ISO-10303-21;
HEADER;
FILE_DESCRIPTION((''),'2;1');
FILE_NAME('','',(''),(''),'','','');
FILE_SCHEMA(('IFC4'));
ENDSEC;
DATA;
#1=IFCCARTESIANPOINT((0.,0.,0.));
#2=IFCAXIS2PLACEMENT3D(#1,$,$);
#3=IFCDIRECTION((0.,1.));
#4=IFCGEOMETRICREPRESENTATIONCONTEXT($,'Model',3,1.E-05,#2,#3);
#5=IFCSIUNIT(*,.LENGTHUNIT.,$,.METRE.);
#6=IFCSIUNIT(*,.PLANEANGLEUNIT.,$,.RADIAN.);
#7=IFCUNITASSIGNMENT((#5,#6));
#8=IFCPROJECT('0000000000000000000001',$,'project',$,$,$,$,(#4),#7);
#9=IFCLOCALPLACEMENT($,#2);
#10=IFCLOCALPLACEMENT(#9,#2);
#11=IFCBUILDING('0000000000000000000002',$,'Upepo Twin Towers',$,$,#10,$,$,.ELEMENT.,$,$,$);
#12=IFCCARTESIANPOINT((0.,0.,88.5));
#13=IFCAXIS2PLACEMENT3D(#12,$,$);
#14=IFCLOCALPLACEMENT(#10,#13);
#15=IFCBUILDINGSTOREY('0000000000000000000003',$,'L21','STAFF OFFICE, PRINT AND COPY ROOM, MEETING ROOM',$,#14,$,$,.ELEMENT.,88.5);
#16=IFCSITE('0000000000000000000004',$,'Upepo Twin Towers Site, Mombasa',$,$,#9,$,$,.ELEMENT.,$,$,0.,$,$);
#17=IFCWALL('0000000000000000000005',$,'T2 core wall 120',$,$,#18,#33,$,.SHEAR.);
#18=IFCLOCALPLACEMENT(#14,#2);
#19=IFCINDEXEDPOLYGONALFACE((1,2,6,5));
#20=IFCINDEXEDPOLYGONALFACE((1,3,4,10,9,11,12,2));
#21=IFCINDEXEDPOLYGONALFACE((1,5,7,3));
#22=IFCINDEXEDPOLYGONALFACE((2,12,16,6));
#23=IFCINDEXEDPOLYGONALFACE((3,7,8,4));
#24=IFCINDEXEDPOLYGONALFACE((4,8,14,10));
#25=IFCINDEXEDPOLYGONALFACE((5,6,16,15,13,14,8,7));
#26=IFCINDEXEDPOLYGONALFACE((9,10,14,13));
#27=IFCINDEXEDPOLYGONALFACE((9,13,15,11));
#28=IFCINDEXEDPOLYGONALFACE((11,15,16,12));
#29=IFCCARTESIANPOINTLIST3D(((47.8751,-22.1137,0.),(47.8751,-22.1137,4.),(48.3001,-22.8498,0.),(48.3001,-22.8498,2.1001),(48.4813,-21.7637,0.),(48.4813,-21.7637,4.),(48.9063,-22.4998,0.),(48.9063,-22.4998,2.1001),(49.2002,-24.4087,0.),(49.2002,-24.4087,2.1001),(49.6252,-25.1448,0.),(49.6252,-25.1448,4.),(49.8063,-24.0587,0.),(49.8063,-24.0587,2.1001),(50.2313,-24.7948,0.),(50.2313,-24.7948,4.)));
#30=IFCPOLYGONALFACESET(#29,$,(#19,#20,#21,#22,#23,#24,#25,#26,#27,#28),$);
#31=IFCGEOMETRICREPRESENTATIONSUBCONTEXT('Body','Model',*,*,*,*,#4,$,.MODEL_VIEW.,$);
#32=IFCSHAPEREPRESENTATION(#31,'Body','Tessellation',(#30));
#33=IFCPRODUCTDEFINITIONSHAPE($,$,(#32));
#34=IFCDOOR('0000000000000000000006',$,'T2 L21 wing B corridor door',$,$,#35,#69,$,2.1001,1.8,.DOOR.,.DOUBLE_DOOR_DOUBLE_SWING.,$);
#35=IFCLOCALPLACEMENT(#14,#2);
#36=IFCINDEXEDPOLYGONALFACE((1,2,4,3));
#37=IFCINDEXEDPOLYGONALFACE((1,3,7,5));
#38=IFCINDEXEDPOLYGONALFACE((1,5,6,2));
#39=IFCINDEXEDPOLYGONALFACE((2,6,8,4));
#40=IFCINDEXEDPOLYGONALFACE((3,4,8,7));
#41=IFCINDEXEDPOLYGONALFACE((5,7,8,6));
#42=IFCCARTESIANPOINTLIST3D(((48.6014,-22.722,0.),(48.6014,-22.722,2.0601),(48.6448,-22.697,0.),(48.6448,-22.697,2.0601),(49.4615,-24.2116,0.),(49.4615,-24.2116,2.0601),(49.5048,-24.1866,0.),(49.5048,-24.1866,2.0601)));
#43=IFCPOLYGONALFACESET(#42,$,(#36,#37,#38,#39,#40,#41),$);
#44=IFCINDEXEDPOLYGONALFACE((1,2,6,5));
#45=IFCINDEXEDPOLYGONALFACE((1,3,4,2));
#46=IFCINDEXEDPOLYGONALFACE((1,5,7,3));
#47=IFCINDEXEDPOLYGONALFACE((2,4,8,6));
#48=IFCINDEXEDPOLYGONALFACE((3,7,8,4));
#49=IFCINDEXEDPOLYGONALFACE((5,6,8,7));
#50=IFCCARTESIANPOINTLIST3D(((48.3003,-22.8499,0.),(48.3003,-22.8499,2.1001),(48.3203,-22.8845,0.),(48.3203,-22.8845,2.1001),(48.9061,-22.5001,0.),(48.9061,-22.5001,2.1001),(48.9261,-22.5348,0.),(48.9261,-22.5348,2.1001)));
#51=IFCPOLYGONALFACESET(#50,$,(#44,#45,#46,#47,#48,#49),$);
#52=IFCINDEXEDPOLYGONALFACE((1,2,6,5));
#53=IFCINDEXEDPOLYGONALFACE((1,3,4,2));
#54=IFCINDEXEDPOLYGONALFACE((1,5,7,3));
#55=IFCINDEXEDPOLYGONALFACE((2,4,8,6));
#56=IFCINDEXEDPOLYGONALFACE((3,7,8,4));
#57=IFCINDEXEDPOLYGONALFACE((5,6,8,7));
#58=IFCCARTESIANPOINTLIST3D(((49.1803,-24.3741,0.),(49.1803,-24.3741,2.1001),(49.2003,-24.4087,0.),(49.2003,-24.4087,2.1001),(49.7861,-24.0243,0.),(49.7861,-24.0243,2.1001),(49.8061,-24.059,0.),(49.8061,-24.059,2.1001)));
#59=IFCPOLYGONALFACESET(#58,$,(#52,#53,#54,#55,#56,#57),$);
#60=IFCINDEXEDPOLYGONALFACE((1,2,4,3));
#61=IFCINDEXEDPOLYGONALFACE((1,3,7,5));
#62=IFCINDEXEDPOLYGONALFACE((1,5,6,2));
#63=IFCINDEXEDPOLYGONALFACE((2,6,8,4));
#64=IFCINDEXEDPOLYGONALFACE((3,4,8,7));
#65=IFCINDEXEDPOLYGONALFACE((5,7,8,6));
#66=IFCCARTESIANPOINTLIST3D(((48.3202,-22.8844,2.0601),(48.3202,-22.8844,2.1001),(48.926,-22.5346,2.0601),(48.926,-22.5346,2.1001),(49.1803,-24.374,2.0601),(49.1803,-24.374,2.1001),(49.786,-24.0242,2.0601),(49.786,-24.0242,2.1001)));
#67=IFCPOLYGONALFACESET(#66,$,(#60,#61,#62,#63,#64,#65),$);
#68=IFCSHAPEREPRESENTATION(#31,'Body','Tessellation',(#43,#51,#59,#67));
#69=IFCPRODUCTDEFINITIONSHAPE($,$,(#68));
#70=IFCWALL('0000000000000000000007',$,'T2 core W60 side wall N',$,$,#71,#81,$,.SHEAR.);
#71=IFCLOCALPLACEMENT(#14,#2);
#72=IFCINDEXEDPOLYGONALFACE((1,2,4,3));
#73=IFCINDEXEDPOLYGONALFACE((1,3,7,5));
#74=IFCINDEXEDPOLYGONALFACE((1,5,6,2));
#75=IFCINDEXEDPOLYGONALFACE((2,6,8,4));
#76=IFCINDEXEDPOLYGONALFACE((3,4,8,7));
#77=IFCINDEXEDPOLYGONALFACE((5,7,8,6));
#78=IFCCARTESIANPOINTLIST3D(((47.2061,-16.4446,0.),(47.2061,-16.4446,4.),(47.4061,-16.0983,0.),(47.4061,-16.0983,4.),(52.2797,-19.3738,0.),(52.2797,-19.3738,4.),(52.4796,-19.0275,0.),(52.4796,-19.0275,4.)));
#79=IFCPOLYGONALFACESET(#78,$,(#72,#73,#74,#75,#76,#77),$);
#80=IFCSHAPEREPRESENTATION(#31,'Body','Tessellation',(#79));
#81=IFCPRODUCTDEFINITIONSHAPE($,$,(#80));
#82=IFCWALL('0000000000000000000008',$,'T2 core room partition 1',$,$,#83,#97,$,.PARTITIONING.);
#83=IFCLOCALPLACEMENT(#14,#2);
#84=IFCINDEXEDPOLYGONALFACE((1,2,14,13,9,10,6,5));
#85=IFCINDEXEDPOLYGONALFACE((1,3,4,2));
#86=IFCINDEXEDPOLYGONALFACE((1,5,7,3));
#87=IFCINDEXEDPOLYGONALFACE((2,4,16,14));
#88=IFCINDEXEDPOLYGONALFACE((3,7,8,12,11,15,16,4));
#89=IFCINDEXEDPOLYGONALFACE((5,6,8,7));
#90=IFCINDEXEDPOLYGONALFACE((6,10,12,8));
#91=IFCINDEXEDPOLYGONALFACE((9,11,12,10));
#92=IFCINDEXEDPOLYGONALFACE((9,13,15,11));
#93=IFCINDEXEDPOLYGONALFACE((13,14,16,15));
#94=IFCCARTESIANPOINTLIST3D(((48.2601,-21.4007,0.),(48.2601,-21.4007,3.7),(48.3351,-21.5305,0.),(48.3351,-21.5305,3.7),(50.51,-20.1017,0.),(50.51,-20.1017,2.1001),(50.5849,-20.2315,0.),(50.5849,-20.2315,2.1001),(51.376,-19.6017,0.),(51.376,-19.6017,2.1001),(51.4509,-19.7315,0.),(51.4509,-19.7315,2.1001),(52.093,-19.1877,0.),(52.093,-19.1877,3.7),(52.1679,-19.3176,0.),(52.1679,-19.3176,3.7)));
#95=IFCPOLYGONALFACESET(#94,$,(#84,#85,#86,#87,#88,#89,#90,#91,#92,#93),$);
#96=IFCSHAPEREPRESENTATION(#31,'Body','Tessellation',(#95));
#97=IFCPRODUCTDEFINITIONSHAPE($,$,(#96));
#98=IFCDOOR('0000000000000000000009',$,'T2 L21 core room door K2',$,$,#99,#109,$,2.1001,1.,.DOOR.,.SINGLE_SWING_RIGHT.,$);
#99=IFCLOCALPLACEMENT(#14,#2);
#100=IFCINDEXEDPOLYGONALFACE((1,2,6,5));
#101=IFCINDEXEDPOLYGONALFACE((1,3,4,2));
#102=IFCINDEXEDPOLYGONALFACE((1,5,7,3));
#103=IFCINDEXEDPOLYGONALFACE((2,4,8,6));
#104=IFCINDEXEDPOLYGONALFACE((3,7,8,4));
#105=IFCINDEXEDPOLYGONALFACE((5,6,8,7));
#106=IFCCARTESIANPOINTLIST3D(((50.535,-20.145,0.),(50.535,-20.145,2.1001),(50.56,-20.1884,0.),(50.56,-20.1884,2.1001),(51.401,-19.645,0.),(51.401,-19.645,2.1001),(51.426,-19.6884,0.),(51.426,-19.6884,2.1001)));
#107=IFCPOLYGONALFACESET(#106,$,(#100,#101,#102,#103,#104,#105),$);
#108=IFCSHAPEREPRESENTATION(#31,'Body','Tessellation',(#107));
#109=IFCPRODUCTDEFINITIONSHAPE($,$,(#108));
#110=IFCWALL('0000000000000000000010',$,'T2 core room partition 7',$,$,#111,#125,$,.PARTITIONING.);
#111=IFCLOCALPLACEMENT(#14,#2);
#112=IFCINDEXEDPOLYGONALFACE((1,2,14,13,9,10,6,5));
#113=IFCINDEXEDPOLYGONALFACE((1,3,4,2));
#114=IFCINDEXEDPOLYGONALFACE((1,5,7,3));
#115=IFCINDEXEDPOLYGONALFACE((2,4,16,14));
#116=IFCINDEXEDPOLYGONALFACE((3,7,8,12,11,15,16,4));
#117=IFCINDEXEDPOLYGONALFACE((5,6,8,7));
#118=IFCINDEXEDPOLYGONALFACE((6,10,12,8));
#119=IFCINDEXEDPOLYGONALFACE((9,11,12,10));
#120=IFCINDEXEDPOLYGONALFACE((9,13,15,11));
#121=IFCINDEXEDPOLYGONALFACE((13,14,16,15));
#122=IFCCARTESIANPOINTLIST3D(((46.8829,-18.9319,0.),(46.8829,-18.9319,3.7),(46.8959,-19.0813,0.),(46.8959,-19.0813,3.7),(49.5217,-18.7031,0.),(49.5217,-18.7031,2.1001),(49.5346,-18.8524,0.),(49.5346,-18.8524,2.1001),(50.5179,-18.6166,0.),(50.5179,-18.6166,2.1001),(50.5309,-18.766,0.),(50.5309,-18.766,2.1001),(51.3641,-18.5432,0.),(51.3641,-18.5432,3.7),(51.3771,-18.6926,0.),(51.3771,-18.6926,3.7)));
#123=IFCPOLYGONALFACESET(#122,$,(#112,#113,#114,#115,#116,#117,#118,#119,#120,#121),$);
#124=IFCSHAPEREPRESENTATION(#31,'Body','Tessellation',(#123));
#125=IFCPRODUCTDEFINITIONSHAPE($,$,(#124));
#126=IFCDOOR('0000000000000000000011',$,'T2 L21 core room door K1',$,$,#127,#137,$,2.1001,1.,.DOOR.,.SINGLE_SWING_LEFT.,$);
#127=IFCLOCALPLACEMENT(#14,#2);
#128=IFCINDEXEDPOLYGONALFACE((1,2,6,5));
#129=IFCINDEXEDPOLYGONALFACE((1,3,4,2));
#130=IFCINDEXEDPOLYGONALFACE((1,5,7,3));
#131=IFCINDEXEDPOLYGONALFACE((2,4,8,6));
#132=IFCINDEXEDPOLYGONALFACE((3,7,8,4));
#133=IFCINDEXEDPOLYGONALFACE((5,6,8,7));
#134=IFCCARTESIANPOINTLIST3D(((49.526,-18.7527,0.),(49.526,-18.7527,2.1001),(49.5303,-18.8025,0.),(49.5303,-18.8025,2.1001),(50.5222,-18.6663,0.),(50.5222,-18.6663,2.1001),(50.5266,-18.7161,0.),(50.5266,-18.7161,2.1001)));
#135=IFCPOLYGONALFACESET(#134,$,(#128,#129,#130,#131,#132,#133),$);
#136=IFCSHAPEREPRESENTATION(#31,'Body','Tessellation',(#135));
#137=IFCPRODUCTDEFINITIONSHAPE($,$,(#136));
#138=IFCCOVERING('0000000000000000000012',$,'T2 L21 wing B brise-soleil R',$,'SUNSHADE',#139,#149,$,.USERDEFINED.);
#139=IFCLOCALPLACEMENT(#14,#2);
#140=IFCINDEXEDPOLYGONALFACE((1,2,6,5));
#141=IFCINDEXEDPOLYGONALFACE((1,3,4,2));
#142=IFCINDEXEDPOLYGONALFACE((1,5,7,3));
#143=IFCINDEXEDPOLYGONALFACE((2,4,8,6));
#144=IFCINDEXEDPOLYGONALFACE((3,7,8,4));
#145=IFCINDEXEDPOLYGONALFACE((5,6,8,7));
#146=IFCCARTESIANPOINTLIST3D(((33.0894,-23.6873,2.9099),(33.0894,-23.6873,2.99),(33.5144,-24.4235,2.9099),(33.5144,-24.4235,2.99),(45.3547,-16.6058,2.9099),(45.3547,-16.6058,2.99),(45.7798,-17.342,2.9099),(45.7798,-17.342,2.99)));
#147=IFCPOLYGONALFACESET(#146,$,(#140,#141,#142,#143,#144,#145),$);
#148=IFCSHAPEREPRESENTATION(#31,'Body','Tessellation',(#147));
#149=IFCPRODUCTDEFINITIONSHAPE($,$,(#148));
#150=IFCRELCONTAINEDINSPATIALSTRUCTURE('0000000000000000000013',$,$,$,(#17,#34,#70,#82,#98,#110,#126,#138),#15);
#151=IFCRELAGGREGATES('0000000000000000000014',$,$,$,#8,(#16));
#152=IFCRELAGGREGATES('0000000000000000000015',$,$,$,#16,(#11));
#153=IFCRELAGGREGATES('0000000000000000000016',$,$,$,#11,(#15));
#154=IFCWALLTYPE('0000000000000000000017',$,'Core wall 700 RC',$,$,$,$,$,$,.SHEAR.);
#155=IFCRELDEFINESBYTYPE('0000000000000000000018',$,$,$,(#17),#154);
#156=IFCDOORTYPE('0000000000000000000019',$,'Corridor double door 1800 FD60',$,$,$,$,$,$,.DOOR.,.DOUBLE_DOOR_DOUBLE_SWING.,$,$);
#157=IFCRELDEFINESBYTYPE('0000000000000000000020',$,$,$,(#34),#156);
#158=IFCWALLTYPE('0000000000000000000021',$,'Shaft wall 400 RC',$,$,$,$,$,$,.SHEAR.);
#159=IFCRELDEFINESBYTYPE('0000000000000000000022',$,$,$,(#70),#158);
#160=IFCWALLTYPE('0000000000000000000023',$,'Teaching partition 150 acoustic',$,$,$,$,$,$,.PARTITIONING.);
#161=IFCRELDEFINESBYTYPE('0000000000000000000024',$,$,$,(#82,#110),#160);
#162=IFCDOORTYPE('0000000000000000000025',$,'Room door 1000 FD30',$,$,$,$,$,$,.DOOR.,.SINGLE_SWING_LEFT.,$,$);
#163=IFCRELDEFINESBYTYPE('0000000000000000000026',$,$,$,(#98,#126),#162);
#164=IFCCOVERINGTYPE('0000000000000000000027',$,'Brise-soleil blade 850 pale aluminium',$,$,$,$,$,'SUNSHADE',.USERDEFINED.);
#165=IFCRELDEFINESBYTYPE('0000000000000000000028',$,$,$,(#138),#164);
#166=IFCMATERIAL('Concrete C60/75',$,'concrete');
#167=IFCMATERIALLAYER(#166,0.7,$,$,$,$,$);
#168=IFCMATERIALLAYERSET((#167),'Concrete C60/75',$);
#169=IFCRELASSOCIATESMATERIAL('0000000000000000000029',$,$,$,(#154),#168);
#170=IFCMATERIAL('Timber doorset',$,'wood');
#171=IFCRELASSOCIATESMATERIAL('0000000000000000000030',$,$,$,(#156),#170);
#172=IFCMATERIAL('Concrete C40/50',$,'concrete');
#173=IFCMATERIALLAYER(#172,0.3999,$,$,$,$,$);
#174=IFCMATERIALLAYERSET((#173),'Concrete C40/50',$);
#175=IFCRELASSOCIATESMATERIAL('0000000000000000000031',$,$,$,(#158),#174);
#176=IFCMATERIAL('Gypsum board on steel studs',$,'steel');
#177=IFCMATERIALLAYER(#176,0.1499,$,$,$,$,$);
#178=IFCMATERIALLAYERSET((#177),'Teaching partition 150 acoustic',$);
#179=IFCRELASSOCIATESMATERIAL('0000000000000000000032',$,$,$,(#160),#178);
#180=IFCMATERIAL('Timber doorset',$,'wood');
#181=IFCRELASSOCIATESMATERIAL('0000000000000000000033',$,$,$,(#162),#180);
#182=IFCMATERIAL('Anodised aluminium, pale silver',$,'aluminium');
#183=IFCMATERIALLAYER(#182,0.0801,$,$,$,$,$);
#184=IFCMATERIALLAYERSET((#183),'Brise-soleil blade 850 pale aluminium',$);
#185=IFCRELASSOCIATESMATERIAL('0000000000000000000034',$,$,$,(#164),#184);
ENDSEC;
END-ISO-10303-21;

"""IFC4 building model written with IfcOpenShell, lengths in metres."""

from ifc_helpers import new_model, si_unit, direction, frame, frame_2d, origin, origin_2d, place, context, subcontext, project, spatial, rectangle, extrude, material, layer, layer_set, type_object, element, fill, save


model = new_model("IFC4")

# Units and contexts
model_context = context("Model", 3, precision=1e-05, world=origin(), true_north=direction((0.0, 1.0)))
body_context = subcontext(model_context, "Body", "Model", "MODEL_VIEW")
ifc_project = project(units=[si_unit("LENGTHUNIT", "METRE"), si_unit("PLANEANGLEUNIT", "RADIAN")], contexts=[model_context])

# Site, building, storey
site_placement = place(None, origin())
site = spatial("IfcSite", under=ifc_project, at=site_placement, Name="Upepo Twin Towers Site, Mombasa", CompositionType="ELEMENT", RefElevation=0.0)
building_placement = place(site_placement, origin())
building = spatial("IfcBuilding", under=site, at=building_placement, Name="Upepo Twin Towers", CompositionType="ELEMENT")
storey_placement = place(building_placement, frame((0.0, 0.0, 88.5)))
storey = spatial("IfcBuildingStorey", under=building, at=storey_placement, Name="L21", Description="STAFF OFFICE, PRINT AND COPY ROOM, MEETING ROOM", CompositionType="ELEMENT", Elevation=88.5)

# Shared definitions
ifc_material_1 = material(Name="Concrete C60/75", Category="concrete")
ifc_layer_1 = layer(ifc_material_1, 0.7)
ifc_layer_set_1 = layer_set([ifc_layer_1], Name="Concrete C60/75")
wall_type_1 = type_object("IfcWallType", Name="Core wall 700 RC", PredefinedType="SHEAR", material=ifc_layer_set_1)

# Wall, opening, door
wall_1_placement = place(storey_placement, frame((48.1782, -21.9387, 0.0), z_axis=(0.0, 0.0, 1.0), x_axis=(0.50001, -0.866019, 0.0)))
wall_1 = element("IfcWall", 1, at=wall_1_placement, inside=storey, type_object=wall_type_1, Name="T2 core wall 120", PredefinedType="SHEAR", context=body_context, shape_type="SweptSolid", body=[
    extrude(rectangle(XDim=3.5, YDim=0.7, at=frame_2d((1.75, 0.0))), origin(), (0.0, 0.0, 1.0), 4.0),
])
opening_1_placement = place(wall_1_placement, frame((0.8501, 0.0, 0.0)))
opening_1 = element("IfcOpeningElement", 2, at=opening_1_placement, cuts=wall_1, PredefinedType="OPENING", context=body_context, shape_type="SweptSolid", body=[
    extrude(rectangle(XDim=1.8, YDim=2.1001, at=frame_2d((0.8999, 1.05))), frame((0.0, 0.3599, 0.0), z_axis=(0.0, -1.0, 0.0), x_axis=(1.0, 0.0, 0.0)), (0.0, 0.0, 1.0), 0.72),
])
ifc_material_2 = material(Name="Timber doorset", Category="wood")
door_type_1 = type_object("IfcDoorType", Name="Corridor double door 1800 FD60", OperationType="DOUBLE_DOOR_DOUBLE_SWING", PredefinedType="DOOR", material=ifc_material_2)
door_1_placement = place(opening_1_placement, origin())
door_1 = element("IfcDoor", 3, at=door_1_placement, inside=storey, type_object=door_type_1, Name="T2 L21 wing B corridor door", OperationType="DOUBLE_DOOR_DOUBLE_SWING", OverallHeight=2.1001, OverallWidth=1.8, PredefinedType="DOOR", context=body_context, shape_type="SweptSolid", body=[
    extrude(rectangle(XDim=1.72, YDim=2.0601, at=frame_2d((0.8999, 1.03))), frame((0.0, 0.0249, 0.0), z_axis=(0.0, -1.0, 0.0), x_axis=(1.0, 0.0, 0.0)), (0.0, 0.0, 1.0), 0.05),
    extrude(rectangle(XDim=0.04, YDim=2.1001, at=frame_2d((0.02, 1.05))), frame((0.0, 0.3496, 0.0), z_axis=(0.0, -1.0, 0.0), x_axis=(1.0, 0.0, 0.0)), (0.0, 0.0, 1.0), 0.6995),
    extrude(rectangle(XDim=0.04, YDim=2.1001, at=frame_2d((1.78, 1.05))), frame((0.0, 0.3496, 0.0), z_axis=(0.0, -1.0, 0.0), x_axis=(1.0, 0.0, 0.0)), (0.0, 0.0, 1.0), 0.6995),
    extrude(rectangle(XDim=1.72, YDim=0.04, at=frame_2d((0.8999, 2.0801))), frame((0.0, 0.3496, 0.0), z_axis=(0.0, -1.0, 0.0), x_axis=(1.0, 0.0, 0.0)), (0.0, 0.0, 1.0), 0.6995),
])
fill(opening_1, door_1)

# Wall
ifc_material_3 = material(Name="Concrete C40/50", Category="concrete")
ifc_layer_2 = layer(ifc_material_3, 0.3999)
ifc_layer_set_2 = layer_set([ifc_layer_2], Name="Concrete C40/50")
wall_type_2 = type_object("IfcWallType", Name="Shaft wall 400 RC", PredefinedType="SHEAR", material=ifc_layer_set_2)
wall_2_placement = place(storey_placement, frame((52.3796, -19.2007, 0.0), z_axis=(0.0, 0.0, 1.0), x_axis=(-0.866024, 0.500003, 0.0)))
element("IfcWall", 4, at=wall_2_placement, inside=storey, type_object=wall_type_2, Name="T2 core W60 side wall N", PredefinedType="SHEAR", context=body_context, shape_type="SweptSolid", body=[
    extrude(rectangle(XDim=5.8584, YDim=0.3999, at=frame_2d((2.9292, 0.0))), origin(), (0.0, 0.0, 1.0), 4.0),
])

# Walls, openings, doors
ifc_material_4 = material(Name="Gypsum board on steel studs", Category="steel")
ifc_layer_3 = layer(ifc_material_4, 0.1499)
ifc_layer_set_3 = layer_set([ifc_layer_3], Name="Teaching partition 150 acoustic")
wall_type_3 = type_object("IfcWallType", Name="Teaching partition 150 acoustic", PredefinedType="PARTITIONING", material=ifc_layer_set_3)
wall_3_placement = place(storey_placement, frame((48.2976, -21.4656, 0.0), z_axis=(0.0, 0.0, 1.0), x_axis=(0.866021, 0.500007, 0.0)))
wall_3 = element("IfcWall", 5, at=wall_3_placement, inside=storey, type_object=wall_type_3, Name="T2 core room partition 1", PredefinedType="PARTITIONING", context=body_context, shape_type="SweptSolid", body=[
    extrude(rectangle(XDim=4.4258, YDim=0.1499, at=frame_2d((2.2129, 0.0))), origin(), (0.0, 0.0, 1.0), 3.7),
])
opening_2_placement = place(wall_3_placement, frame((2.5979, 0.0, 0.0)))
opening_2 = element("IfcOpeningElement", 6, at=opening_2_placement, cuts=wall_3, PredefinedType="OPENING", context=body_context, shape_type="SweptSolid", body=[
    extrude(rectangle(XDim=1.0, YDim=2.1001, at=frame_2d((0.5, 1.05))), frame((0.0, 0.085, 0.0), z_axis=(0.0, -1.0, 0.0), x_axis=(1.0, 0.0, 0.0)), (0.0, 0.0, 1.0), 0.1699),
])
ifc_material_5 = material(Name="Timber doorset", Category="wood")
door_type_2 = type_object("IfcDoorType", Name="Room door 1000 FD30", OperationType="SINGLE_SWING_LEFT", PredefinedType="DOOR", material=ifc_material_5)
door_2_placement = place(opening_2_placement, origin())
door_2 = element("IfcDoor", 7, at=door_2_placement, inside=storey, type_object=door_type_2, Name="T2 L21 core room door K2", OperationType="SINGLE_SWING_RIGHT", OverallHeight=2.1001, OverallWidth=1.0, PredefinedType="DOOR", context=body_context, shape_type="SweptSolid", body=[
    extrude(rectangle(XDim=1.0, YDim=2.1001, at=frame_2d((0.5, 1.05))), frame((0.0, 0.0249, 0.0), z_axis=(0.0, -1.0, 0.0), x_axis=(1.0, 0.0, 0.0)), (0.0, 0.0, 1.0), 0.05),
])
fill(opening_2, door_2)
wall_4_placement = place(storey_placement, frame((51.3706, -18.6179, 0.0), z_axis=(0.0, 0.0, 1.0), x_axis=(-0.99626, -0.086409, 0.0)))
wall_4 = element("IfcWall", 8, at=wall_4_placement, inside=storey, type_object=wall_type_3, Name="T2 core room partition 7", PredefinedType="PARTITIONING", context=body_context, shape_type="SweptSolid", body=[
    extrude(rectangle(XDim=4.498, YDim=0.1499, at=frame_2d((2.249, 0.0))), origin(), (0.0, 0.0, 1.0), 3.7),
])
opening_3_placement = place(wall_4_placement, frame((0.8494, 0.0, 0.0)))
opening_3 = element("IfcOpeningElement", 9, at=opening_3_placement, cuts=wall_4, PredefinedType="OPENING", context=body_context, shape_type="SweptSolid", body=[
    extrude(rectangle(XDim=1.0, YDim=2.1001, at=frame_2d((0.5, 1.05))), frame((0.0, 0.085, 0.0), z_axis=(0.0, -1.0, 0.0), x_axis=(1.0, 0.0, 0.0)), (0.0, 0.0, 1.0), 0.1699),
])
door_3_placement = place(opening_3_placement, origin())
door_3 = element("IfcDoor", 10, at=door_3_placement, inside=storey, type_object=door_type_2, Name="T2 L21 core room door K1", OperationType="SINGLE_SWING_LEFT", OverallHeight=2.1001, OverallWidth=1.0, PredefinedType="DOOR", context=body_context, shape_type="SweptSolid", body=[
    extrude(rectangle(XDim=1.0, YDim=2.1001, at=frame_2d((0.5, 1.05))), frame((0.0, 0.0249, 0.0), z_axis=(0.0, -1.0, 0.0), x_axis=(1.0, 0.0, 0.0)), (0.0, 0.0, 1.0), 0.05),
])
fill(opening_3, door_3)

# Covering
ifc_material_6 = material(Name="Anodised aluminium, pale silver", Category="aluminium")
ifc_layer_4 = layer(ifc_material_6, 0.0801)
ifc_layer_set_4 = layer_set([ifc_layer_4], Name="Brise-soleil blade 850 pale aluminium")
covering_type = type_object("IfcCoveringType", Name="Brise-soleil blade 850 pale aluminium", ElementType="SUNSHADE", PredefinedType="USERDEFINED", material=ifc_layer_set_4)
covering_placement = place(storey_placement, frame((39.4346, -20.5146, 2.9099), z_axis=(0.0, 0.0, 1.0), x_axis=(-0.866025, -0.5, 0.0)))
element("IfcCovering", 11, at=covering_placement, inside=storey, type_object=covering_type, Name="T2 L21 wing B brise-soleil R", ObjectType="SUNSHADE", PredefinedType="USERDEFINED", context=body_context, shape_type="SweptSolid", body=[
    extrude(rectangle(XDim=14.1628, YDim=0.8501, at=origin_2d()), origin(), (0.0, 0.0, 1.0), 0.0801),
])

save(model, "model.ifc")
